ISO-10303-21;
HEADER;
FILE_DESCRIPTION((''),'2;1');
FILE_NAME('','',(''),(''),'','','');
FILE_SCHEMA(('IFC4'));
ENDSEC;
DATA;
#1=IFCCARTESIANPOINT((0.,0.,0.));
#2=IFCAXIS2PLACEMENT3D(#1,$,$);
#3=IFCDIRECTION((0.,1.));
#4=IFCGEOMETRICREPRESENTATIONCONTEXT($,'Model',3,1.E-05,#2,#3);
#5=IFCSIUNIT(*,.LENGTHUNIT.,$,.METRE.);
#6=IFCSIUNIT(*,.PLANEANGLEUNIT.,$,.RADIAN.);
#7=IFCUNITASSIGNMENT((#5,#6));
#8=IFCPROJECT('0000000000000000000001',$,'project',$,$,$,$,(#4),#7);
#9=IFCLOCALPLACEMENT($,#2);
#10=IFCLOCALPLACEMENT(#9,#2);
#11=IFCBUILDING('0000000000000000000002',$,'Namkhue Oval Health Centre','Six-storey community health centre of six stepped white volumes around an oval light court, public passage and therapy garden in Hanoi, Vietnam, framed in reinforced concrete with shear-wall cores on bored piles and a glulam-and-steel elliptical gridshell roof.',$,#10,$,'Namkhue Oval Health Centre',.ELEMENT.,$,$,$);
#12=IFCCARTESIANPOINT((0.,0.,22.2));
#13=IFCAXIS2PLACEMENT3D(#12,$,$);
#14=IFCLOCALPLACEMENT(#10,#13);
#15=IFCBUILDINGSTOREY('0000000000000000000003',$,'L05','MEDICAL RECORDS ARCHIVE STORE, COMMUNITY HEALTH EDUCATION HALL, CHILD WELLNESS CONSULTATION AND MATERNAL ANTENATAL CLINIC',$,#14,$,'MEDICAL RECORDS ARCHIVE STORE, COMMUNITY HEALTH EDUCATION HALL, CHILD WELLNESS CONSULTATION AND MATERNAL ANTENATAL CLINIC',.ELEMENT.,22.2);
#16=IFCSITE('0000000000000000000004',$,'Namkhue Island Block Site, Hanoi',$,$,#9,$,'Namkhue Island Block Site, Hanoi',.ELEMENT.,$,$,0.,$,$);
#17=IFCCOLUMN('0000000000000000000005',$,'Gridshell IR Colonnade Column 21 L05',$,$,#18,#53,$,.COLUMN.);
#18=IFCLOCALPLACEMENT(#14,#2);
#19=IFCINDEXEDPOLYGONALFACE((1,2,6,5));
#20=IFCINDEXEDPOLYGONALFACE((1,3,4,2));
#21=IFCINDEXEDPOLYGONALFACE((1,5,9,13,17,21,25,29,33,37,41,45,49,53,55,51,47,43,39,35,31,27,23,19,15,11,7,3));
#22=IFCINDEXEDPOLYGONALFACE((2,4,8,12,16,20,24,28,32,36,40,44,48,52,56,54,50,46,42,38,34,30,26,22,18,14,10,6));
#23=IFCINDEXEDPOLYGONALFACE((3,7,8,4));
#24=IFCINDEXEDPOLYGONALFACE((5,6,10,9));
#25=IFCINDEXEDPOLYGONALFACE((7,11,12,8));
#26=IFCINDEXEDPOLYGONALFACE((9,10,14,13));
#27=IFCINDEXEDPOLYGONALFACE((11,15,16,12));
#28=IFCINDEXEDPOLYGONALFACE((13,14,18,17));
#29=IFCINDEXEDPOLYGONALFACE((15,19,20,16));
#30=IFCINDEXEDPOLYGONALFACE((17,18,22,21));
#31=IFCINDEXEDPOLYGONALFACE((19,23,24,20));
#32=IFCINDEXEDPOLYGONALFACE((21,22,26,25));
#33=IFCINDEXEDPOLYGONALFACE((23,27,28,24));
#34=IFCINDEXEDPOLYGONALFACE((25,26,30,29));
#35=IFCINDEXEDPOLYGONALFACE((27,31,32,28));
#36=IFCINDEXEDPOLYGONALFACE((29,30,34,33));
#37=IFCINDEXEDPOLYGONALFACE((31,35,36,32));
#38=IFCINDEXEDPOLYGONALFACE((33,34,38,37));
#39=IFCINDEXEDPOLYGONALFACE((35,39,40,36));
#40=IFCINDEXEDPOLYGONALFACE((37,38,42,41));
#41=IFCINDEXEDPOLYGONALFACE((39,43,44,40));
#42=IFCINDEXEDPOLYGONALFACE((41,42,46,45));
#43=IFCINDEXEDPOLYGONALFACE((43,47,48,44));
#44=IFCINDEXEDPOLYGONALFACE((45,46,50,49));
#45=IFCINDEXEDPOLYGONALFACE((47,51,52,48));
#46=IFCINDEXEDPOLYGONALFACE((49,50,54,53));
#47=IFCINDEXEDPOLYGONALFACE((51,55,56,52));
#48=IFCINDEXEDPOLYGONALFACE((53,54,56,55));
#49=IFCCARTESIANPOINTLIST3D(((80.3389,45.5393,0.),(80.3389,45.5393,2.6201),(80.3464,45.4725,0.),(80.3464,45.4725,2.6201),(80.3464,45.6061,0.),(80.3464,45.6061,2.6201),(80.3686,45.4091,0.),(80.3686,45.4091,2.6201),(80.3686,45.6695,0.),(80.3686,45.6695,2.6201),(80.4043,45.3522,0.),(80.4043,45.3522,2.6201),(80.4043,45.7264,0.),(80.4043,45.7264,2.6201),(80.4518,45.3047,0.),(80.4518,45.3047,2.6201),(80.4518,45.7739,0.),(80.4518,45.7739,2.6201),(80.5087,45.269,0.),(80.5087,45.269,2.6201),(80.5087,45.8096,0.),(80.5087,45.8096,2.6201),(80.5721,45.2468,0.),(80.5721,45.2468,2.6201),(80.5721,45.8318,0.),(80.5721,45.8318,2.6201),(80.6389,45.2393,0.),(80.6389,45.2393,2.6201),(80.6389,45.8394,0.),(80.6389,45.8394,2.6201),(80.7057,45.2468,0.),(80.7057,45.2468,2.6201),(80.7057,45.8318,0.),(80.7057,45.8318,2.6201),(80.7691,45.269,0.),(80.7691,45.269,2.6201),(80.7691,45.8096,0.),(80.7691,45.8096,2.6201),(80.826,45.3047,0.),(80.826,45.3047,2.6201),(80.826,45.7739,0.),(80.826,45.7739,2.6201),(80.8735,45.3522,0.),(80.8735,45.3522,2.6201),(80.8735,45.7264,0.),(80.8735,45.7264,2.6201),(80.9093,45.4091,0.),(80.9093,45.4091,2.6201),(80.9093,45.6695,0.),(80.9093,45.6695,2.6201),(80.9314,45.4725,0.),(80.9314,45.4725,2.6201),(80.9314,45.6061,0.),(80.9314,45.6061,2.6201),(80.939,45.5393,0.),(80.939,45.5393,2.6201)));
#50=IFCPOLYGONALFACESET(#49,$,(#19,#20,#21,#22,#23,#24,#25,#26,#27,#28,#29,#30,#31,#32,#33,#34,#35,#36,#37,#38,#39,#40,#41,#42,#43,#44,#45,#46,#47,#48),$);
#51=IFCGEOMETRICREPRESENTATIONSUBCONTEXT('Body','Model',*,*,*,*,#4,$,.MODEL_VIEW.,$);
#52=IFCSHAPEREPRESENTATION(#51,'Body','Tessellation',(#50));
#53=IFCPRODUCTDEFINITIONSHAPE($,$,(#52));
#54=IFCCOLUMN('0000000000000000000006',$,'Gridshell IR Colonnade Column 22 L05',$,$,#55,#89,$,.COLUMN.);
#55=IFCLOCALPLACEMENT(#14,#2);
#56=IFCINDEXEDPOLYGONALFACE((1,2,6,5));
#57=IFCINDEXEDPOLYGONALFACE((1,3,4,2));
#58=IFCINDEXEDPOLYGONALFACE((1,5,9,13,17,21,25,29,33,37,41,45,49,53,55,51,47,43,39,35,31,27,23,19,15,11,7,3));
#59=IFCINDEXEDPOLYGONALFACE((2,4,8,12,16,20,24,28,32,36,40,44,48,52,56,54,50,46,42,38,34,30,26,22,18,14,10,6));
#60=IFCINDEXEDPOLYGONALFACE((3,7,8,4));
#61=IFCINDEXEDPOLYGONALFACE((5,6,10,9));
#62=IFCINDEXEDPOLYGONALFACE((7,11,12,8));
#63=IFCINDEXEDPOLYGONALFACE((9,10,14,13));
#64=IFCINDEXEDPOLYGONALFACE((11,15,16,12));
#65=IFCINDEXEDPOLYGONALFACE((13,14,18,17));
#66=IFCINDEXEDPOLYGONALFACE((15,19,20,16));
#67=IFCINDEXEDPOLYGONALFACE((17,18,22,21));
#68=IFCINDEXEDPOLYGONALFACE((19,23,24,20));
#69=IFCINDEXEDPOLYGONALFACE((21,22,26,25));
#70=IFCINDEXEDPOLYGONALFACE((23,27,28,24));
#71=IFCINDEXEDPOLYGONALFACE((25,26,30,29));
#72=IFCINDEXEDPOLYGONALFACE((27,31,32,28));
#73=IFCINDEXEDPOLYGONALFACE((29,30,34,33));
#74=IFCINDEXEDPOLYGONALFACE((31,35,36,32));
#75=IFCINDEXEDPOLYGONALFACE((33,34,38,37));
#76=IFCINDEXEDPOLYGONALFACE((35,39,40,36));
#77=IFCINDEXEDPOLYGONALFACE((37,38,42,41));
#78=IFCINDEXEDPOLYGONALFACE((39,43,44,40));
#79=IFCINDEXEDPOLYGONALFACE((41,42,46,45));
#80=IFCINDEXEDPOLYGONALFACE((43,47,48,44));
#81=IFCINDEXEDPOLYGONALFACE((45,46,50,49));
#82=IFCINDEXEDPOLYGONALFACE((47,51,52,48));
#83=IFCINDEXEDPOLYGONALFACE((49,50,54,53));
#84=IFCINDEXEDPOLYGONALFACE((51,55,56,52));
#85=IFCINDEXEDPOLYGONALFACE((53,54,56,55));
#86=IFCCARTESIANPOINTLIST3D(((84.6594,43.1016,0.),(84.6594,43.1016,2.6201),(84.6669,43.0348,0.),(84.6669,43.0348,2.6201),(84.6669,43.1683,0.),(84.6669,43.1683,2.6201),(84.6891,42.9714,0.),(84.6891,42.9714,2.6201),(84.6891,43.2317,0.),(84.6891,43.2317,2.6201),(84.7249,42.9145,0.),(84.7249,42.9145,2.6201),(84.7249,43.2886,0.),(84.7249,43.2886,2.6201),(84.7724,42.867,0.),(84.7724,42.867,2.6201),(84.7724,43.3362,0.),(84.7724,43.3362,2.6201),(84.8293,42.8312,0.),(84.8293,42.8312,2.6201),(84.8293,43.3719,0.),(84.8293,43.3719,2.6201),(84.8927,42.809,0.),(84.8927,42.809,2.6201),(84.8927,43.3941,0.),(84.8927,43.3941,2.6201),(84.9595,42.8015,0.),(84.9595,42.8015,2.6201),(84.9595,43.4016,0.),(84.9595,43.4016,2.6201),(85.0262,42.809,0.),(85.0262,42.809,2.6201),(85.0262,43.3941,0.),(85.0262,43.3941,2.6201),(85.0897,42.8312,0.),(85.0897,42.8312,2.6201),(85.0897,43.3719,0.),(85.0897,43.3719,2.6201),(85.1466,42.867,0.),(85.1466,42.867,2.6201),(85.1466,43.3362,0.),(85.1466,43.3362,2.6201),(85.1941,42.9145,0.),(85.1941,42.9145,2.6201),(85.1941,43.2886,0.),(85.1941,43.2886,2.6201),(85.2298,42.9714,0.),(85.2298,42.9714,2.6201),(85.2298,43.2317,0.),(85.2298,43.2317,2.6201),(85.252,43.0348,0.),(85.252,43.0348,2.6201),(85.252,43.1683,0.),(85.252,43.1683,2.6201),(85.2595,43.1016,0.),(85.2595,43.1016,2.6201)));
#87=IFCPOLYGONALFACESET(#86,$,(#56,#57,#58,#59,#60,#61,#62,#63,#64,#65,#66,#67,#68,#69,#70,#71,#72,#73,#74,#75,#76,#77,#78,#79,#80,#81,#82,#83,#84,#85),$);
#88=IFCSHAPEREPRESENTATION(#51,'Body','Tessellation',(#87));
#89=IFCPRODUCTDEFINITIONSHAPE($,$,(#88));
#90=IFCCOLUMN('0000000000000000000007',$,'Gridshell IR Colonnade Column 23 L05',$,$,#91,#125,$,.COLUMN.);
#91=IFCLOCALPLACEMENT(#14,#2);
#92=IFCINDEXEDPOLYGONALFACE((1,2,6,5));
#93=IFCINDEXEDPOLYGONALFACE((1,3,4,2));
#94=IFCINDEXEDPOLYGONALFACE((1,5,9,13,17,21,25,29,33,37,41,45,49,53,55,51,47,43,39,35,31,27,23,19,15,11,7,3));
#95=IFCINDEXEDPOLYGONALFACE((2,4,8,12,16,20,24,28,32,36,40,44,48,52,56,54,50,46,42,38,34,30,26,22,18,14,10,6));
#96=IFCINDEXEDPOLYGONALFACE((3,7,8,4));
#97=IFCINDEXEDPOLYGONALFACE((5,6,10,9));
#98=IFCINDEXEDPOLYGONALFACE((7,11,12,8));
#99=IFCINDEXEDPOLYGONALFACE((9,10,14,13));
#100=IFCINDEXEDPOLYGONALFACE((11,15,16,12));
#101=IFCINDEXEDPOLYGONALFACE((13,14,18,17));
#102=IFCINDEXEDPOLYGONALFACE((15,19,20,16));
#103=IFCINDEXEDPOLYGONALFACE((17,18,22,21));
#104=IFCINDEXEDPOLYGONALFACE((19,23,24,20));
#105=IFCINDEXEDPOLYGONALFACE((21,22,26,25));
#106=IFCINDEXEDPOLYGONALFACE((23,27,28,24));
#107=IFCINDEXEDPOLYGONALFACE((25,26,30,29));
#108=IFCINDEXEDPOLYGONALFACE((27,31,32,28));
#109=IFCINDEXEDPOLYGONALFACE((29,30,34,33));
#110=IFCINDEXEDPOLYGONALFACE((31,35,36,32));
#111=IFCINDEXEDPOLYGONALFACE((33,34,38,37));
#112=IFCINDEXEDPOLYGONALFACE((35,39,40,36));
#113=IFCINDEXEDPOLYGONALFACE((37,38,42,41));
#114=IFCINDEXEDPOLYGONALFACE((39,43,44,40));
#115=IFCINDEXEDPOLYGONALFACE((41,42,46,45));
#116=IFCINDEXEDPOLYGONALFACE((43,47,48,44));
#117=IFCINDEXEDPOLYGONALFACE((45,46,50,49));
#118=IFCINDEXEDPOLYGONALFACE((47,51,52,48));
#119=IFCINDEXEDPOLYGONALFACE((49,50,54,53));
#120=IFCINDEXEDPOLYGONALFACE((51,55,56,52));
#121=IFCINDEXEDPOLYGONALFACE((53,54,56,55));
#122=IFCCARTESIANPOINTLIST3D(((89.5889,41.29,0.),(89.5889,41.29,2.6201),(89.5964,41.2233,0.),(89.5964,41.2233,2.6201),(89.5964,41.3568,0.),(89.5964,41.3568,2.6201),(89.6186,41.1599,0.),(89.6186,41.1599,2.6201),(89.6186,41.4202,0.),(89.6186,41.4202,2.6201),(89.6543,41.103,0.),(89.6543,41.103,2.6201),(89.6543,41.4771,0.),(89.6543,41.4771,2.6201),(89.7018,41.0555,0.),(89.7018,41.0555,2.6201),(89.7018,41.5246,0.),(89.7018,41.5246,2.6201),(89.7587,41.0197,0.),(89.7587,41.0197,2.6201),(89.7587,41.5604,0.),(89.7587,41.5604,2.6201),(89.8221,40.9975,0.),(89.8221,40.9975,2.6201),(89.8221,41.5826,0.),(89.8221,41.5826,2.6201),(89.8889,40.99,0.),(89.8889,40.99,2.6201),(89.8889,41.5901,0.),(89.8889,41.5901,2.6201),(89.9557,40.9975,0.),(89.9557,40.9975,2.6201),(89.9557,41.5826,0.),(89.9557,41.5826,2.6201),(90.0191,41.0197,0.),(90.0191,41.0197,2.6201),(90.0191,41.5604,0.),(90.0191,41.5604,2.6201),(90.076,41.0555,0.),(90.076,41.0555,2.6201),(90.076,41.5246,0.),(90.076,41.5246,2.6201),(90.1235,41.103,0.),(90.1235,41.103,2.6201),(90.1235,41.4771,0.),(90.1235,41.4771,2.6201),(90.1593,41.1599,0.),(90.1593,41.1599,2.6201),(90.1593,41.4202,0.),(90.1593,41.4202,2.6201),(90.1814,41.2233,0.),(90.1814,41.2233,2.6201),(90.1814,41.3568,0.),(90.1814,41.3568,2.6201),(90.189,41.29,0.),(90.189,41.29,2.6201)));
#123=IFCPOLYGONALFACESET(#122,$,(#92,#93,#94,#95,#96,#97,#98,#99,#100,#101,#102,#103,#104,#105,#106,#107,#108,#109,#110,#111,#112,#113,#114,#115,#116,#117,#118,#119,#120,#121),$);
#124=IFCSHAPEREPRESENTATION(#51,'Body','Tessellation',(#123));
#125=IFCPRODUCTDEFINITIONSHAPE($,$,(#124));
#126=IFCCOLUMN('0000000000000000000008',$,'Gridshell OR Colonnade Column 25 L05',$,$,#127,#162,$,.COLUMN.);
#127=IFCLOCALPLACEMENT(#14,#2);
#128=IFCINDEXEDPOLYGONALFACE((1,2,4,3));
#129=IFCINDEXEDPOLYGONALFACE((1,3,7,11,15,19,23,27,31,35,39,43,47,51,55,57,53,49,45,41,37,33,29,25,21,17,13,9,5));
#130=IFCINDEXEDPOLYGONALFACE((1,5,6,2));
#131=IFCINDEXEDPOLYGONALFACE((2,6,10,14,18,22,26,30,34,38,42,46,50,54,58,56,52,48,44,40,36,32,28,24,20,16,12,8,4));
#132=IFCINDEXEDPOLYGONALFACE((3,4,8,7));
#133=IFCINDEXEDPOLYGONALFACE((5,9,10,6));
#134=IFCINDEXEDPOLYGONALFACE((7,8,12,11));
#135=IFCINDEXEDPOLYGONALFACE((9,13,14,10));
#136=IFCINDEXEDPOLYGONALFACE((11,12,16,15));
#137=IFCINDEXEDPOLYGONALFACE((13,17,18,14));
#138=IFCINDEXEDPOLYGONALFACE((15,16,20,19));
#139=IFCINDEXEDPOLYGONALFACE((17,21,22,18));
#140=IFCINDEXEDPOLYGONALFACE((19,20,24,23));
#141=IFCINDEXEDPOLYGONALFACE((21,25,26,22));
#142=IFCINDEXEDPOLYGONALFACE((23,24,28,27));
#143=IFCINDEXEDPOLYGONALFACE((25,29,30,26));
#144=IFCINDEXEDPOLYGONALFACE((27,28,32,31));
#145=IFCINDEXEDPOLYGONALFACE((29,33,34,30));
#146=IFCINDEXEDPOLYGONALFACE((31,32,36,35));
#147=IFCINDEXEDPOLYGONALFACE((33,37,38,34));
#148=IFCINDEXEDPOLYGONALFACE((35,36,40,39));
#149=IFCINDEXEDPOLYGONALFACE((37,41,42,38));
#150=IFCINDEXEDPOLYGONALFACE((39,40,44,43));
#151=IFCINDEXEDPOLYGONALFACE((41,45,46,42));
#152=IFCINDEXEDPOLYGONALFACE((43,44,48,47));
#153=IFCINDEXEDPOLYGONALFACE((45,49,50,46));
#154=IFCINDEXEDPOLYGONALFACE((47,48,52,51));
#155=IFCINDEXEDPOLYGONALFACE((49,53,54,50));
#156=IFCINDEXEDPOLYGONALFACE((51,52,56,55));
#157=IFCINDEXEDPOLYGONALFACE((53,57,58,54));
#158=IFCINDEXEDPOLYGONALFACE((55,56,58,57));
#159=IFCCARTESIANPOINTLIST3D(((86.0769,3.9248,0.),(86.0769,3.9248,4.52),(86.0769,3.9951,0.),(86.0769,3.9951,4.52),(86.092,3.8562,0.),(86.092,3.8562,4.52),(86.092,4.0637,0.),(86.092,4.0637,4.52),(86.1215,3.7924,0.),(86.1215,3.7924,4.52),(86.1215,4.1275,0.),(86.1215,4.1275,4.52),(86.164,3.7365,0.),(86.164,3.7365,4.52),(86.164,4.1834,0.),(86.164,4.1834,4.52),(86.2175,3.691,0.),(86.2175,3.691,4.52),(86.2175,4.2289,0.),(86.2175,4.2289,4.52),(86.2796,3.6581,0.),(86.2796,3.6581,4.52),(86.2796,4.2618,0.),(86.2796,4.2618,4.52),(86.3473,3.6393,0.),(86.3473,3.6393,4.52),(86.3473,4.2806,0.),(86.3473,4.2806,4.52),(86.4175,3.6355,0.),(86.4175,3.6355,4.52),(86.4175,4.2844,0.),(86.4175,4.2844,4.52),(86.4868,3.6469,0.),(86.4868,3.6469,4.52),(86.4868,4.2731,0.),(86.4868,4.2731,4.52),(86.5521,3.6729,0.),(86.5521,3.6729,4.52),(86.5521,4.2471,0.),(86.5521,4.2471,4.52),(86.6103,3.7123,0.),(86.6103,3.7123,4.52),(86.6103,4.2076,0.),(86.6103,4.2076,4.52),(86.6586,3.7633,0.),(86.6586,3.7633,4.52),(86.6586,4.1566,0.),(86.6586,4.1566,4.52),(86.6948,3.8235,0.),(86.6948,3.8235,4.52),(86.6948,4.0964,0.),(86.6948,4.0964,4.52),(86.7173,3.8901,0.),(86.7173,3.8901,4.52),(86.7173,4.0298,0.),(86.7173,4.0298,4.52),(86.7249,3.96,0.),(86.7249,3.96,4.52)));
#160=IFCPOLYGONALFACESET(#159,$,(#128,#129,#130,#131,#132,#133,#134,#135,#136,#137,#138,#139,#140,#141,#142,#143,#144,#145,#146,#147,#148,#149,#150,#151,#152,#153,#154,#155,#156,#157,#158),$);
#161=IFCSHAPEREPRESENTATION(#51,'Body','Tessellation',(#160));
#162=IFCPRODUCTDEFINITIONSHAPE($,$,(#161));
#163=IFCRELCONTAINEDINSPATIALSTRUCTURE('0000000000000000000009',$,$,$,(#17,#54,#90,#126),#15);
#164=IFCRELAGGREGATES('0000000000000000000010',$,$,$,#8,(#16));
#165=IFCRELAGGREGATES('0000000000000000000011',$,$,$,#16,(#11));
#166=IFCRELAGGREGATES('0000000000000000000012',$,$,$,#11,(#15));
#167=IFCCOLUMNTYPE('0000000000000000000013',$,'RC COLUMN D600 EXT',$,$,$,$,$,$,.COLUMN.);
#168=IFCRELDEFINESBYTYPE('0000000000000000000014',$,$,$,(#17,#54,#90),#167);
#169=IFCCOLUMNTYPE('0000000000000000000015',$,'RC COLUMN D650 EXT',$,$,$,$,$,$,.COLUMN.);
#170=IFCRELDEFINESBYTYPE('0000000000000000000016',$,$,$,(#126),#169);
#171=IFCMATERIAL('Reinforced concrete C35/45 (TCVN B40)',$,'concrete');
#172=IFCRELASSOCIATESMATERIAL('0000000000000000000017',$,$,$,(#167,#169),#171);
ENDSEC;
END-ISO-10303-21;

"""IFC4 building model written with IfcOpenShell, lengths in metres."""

from ifc_helpers import new_model, si_unit, direction, frame, origin, origin_2d, place, context, subcontext, project, spatial, circle, extrude, material, material_profile, profile_set, type_object, element, save


model = new_model("IFC4")

# Units and contexts
model_context = context("Model", 3, precision=1e-05, world=origin(), true_north=direction((0.0, 1.0)))
body_context = subcontext(model_context, "Body", "Model", "MODEL_VIEW")
ifc_project = project(units=[si_unit("LENGTHUNIT", "METRE"), si_unit("PLANEANGLEUNIT", "RADIAN")], contexts=[model_context])

# Site, building, storey
site_placement = place(None, origin())
site = spatial("IfcSite", under=ifc_project, at=site_placement, Name="Namkhue Island Block Site, Hanoi", LongName="Namkhue Island Block Site, Hanoi", CompositionType="ELEMENT", RefElevation=0.0)
building_placement = place(site_placement, origin())
building = spatial("IfcBuilding", under=site, at=building_placement, Name="Namkhue Oval Health Centre", Description="Six-storey community health centre of six stepped white volumes around an oval light court, public passage and therapy garden in Hanoi, Vietnam, framed in reinforced concrete with shear-wall cores on bored piles and a glulam-and-steel elliptical gridshell roof.", LongName="Namkhue Oval Health Centre", CompositionType="ELEMENT")
storey_placement = place(building_placement, frame((0.0, 0.0, 22.2)))
storey = spatial("IfcBuildingStorey", under=building, at=storey_placement, Name="L05", Description="MEDICAL RECORDS ARCHIVE STORE, COMMUNITY HEALTH EDUCATION HALL, CHILD WELLNESS CONSULTATION AND MATERNAL ANTENATAL CLINIC", LongName="MEDICAL RECORDS ARCHIVE STORE, COMMUNITY HEALTH EDUCATION HALL, CHILD WELLNESS CONSULTATION AND MATERNAL ANTENATAL CLINIC", CompositionType="ELEMENT", Elevation=22.2)

# Columns
ifc_material_1 = material(Name="Reinforced concrete C35/45 (TCVN B40)", Category="concrete")
ifc_material_profile_1 = material_profile(ifc_material_1, circle(Radius=0.3, at=origin_2d()), Name="RC D600")
ifc_profile_set_1 = profile_set([ifc_material_profile_1], Name="Reinforced concrete C35/45 (TCVN B40)")
column_type_1 = type_object("IfcColumnType", Name="RC COLUMN D600 EXT", PredefinedType="COLUMN", material=ifc_profile_set_1)
for number, where, z_axis, x_axis, name in (
    (1, (80.6389, 45.5393, 0.0), (0.0, 0.0, 1.0), (1.0, 0.0, 0.0), "Gridshell IR Colonnade Column 21 L05"),
    (2, (84.9595, 43.1016, 0.0), (0.0, 0.0, 1.0), (1.0, 0.0, 0.0), "Gridshell IR Colonnade Column 22 L05"),
    (3, (89.8889, 41.29, 0.0), (0.0, 0.0, 1.0), (1.0, 0.0, 0.0), "Gridshell IR Colonnade Column 23 L05"),
):
    element("IfcColumn", number, at=place(storey_placement, frame(where, z_axis=z_axis, x_axis=x_axis)), inside=storey, type_object=column_type_1, Name=name, PredefinedType="COLUMN", context=body_context, shape_type="SweptSolid", body=[
        extrude(circle(Radius=0.3, at=origin_2d()), origin(), (0.0, 0.0, 1.0), 2.6201),
    ])
ifc_material_profile_2 = material_profile(ifc_material_1, circle(Radius=0.325, at=origin_2d()), Name="RC D650")
ifc_profile_set_2 = profile_set([ifc_material_profile_2], Name="Reinforced concrete C35/45 (TCVN B40)")
column_type_2 = type_object("IfcColumnType", Name="RC COLUMN D650 EXT", PredefinedType="COLUMN", material=ifc_profile_set_2)
column_placement = place(storey_placement, frame((86.3999, 3.96, 0.0), z_axis=(0.0, 0.0, 1.0), x_axis=(1.0, 0.0, 0.0)))
element("IfcColumn", 4, at=column_placement, inside=storey, type_object=column_type_2, Name="Gridshell OR Colonnade Column 25 L05", PredefinedType="COLUMN", context=body_context, shape_type="SweptSolid", body=[
    extrude(circle(Radius=0.325, at=origin_2d()), origin(), (0.0, 0.0, 1.0), 4.52),
])

save(model, "model.ifc")
